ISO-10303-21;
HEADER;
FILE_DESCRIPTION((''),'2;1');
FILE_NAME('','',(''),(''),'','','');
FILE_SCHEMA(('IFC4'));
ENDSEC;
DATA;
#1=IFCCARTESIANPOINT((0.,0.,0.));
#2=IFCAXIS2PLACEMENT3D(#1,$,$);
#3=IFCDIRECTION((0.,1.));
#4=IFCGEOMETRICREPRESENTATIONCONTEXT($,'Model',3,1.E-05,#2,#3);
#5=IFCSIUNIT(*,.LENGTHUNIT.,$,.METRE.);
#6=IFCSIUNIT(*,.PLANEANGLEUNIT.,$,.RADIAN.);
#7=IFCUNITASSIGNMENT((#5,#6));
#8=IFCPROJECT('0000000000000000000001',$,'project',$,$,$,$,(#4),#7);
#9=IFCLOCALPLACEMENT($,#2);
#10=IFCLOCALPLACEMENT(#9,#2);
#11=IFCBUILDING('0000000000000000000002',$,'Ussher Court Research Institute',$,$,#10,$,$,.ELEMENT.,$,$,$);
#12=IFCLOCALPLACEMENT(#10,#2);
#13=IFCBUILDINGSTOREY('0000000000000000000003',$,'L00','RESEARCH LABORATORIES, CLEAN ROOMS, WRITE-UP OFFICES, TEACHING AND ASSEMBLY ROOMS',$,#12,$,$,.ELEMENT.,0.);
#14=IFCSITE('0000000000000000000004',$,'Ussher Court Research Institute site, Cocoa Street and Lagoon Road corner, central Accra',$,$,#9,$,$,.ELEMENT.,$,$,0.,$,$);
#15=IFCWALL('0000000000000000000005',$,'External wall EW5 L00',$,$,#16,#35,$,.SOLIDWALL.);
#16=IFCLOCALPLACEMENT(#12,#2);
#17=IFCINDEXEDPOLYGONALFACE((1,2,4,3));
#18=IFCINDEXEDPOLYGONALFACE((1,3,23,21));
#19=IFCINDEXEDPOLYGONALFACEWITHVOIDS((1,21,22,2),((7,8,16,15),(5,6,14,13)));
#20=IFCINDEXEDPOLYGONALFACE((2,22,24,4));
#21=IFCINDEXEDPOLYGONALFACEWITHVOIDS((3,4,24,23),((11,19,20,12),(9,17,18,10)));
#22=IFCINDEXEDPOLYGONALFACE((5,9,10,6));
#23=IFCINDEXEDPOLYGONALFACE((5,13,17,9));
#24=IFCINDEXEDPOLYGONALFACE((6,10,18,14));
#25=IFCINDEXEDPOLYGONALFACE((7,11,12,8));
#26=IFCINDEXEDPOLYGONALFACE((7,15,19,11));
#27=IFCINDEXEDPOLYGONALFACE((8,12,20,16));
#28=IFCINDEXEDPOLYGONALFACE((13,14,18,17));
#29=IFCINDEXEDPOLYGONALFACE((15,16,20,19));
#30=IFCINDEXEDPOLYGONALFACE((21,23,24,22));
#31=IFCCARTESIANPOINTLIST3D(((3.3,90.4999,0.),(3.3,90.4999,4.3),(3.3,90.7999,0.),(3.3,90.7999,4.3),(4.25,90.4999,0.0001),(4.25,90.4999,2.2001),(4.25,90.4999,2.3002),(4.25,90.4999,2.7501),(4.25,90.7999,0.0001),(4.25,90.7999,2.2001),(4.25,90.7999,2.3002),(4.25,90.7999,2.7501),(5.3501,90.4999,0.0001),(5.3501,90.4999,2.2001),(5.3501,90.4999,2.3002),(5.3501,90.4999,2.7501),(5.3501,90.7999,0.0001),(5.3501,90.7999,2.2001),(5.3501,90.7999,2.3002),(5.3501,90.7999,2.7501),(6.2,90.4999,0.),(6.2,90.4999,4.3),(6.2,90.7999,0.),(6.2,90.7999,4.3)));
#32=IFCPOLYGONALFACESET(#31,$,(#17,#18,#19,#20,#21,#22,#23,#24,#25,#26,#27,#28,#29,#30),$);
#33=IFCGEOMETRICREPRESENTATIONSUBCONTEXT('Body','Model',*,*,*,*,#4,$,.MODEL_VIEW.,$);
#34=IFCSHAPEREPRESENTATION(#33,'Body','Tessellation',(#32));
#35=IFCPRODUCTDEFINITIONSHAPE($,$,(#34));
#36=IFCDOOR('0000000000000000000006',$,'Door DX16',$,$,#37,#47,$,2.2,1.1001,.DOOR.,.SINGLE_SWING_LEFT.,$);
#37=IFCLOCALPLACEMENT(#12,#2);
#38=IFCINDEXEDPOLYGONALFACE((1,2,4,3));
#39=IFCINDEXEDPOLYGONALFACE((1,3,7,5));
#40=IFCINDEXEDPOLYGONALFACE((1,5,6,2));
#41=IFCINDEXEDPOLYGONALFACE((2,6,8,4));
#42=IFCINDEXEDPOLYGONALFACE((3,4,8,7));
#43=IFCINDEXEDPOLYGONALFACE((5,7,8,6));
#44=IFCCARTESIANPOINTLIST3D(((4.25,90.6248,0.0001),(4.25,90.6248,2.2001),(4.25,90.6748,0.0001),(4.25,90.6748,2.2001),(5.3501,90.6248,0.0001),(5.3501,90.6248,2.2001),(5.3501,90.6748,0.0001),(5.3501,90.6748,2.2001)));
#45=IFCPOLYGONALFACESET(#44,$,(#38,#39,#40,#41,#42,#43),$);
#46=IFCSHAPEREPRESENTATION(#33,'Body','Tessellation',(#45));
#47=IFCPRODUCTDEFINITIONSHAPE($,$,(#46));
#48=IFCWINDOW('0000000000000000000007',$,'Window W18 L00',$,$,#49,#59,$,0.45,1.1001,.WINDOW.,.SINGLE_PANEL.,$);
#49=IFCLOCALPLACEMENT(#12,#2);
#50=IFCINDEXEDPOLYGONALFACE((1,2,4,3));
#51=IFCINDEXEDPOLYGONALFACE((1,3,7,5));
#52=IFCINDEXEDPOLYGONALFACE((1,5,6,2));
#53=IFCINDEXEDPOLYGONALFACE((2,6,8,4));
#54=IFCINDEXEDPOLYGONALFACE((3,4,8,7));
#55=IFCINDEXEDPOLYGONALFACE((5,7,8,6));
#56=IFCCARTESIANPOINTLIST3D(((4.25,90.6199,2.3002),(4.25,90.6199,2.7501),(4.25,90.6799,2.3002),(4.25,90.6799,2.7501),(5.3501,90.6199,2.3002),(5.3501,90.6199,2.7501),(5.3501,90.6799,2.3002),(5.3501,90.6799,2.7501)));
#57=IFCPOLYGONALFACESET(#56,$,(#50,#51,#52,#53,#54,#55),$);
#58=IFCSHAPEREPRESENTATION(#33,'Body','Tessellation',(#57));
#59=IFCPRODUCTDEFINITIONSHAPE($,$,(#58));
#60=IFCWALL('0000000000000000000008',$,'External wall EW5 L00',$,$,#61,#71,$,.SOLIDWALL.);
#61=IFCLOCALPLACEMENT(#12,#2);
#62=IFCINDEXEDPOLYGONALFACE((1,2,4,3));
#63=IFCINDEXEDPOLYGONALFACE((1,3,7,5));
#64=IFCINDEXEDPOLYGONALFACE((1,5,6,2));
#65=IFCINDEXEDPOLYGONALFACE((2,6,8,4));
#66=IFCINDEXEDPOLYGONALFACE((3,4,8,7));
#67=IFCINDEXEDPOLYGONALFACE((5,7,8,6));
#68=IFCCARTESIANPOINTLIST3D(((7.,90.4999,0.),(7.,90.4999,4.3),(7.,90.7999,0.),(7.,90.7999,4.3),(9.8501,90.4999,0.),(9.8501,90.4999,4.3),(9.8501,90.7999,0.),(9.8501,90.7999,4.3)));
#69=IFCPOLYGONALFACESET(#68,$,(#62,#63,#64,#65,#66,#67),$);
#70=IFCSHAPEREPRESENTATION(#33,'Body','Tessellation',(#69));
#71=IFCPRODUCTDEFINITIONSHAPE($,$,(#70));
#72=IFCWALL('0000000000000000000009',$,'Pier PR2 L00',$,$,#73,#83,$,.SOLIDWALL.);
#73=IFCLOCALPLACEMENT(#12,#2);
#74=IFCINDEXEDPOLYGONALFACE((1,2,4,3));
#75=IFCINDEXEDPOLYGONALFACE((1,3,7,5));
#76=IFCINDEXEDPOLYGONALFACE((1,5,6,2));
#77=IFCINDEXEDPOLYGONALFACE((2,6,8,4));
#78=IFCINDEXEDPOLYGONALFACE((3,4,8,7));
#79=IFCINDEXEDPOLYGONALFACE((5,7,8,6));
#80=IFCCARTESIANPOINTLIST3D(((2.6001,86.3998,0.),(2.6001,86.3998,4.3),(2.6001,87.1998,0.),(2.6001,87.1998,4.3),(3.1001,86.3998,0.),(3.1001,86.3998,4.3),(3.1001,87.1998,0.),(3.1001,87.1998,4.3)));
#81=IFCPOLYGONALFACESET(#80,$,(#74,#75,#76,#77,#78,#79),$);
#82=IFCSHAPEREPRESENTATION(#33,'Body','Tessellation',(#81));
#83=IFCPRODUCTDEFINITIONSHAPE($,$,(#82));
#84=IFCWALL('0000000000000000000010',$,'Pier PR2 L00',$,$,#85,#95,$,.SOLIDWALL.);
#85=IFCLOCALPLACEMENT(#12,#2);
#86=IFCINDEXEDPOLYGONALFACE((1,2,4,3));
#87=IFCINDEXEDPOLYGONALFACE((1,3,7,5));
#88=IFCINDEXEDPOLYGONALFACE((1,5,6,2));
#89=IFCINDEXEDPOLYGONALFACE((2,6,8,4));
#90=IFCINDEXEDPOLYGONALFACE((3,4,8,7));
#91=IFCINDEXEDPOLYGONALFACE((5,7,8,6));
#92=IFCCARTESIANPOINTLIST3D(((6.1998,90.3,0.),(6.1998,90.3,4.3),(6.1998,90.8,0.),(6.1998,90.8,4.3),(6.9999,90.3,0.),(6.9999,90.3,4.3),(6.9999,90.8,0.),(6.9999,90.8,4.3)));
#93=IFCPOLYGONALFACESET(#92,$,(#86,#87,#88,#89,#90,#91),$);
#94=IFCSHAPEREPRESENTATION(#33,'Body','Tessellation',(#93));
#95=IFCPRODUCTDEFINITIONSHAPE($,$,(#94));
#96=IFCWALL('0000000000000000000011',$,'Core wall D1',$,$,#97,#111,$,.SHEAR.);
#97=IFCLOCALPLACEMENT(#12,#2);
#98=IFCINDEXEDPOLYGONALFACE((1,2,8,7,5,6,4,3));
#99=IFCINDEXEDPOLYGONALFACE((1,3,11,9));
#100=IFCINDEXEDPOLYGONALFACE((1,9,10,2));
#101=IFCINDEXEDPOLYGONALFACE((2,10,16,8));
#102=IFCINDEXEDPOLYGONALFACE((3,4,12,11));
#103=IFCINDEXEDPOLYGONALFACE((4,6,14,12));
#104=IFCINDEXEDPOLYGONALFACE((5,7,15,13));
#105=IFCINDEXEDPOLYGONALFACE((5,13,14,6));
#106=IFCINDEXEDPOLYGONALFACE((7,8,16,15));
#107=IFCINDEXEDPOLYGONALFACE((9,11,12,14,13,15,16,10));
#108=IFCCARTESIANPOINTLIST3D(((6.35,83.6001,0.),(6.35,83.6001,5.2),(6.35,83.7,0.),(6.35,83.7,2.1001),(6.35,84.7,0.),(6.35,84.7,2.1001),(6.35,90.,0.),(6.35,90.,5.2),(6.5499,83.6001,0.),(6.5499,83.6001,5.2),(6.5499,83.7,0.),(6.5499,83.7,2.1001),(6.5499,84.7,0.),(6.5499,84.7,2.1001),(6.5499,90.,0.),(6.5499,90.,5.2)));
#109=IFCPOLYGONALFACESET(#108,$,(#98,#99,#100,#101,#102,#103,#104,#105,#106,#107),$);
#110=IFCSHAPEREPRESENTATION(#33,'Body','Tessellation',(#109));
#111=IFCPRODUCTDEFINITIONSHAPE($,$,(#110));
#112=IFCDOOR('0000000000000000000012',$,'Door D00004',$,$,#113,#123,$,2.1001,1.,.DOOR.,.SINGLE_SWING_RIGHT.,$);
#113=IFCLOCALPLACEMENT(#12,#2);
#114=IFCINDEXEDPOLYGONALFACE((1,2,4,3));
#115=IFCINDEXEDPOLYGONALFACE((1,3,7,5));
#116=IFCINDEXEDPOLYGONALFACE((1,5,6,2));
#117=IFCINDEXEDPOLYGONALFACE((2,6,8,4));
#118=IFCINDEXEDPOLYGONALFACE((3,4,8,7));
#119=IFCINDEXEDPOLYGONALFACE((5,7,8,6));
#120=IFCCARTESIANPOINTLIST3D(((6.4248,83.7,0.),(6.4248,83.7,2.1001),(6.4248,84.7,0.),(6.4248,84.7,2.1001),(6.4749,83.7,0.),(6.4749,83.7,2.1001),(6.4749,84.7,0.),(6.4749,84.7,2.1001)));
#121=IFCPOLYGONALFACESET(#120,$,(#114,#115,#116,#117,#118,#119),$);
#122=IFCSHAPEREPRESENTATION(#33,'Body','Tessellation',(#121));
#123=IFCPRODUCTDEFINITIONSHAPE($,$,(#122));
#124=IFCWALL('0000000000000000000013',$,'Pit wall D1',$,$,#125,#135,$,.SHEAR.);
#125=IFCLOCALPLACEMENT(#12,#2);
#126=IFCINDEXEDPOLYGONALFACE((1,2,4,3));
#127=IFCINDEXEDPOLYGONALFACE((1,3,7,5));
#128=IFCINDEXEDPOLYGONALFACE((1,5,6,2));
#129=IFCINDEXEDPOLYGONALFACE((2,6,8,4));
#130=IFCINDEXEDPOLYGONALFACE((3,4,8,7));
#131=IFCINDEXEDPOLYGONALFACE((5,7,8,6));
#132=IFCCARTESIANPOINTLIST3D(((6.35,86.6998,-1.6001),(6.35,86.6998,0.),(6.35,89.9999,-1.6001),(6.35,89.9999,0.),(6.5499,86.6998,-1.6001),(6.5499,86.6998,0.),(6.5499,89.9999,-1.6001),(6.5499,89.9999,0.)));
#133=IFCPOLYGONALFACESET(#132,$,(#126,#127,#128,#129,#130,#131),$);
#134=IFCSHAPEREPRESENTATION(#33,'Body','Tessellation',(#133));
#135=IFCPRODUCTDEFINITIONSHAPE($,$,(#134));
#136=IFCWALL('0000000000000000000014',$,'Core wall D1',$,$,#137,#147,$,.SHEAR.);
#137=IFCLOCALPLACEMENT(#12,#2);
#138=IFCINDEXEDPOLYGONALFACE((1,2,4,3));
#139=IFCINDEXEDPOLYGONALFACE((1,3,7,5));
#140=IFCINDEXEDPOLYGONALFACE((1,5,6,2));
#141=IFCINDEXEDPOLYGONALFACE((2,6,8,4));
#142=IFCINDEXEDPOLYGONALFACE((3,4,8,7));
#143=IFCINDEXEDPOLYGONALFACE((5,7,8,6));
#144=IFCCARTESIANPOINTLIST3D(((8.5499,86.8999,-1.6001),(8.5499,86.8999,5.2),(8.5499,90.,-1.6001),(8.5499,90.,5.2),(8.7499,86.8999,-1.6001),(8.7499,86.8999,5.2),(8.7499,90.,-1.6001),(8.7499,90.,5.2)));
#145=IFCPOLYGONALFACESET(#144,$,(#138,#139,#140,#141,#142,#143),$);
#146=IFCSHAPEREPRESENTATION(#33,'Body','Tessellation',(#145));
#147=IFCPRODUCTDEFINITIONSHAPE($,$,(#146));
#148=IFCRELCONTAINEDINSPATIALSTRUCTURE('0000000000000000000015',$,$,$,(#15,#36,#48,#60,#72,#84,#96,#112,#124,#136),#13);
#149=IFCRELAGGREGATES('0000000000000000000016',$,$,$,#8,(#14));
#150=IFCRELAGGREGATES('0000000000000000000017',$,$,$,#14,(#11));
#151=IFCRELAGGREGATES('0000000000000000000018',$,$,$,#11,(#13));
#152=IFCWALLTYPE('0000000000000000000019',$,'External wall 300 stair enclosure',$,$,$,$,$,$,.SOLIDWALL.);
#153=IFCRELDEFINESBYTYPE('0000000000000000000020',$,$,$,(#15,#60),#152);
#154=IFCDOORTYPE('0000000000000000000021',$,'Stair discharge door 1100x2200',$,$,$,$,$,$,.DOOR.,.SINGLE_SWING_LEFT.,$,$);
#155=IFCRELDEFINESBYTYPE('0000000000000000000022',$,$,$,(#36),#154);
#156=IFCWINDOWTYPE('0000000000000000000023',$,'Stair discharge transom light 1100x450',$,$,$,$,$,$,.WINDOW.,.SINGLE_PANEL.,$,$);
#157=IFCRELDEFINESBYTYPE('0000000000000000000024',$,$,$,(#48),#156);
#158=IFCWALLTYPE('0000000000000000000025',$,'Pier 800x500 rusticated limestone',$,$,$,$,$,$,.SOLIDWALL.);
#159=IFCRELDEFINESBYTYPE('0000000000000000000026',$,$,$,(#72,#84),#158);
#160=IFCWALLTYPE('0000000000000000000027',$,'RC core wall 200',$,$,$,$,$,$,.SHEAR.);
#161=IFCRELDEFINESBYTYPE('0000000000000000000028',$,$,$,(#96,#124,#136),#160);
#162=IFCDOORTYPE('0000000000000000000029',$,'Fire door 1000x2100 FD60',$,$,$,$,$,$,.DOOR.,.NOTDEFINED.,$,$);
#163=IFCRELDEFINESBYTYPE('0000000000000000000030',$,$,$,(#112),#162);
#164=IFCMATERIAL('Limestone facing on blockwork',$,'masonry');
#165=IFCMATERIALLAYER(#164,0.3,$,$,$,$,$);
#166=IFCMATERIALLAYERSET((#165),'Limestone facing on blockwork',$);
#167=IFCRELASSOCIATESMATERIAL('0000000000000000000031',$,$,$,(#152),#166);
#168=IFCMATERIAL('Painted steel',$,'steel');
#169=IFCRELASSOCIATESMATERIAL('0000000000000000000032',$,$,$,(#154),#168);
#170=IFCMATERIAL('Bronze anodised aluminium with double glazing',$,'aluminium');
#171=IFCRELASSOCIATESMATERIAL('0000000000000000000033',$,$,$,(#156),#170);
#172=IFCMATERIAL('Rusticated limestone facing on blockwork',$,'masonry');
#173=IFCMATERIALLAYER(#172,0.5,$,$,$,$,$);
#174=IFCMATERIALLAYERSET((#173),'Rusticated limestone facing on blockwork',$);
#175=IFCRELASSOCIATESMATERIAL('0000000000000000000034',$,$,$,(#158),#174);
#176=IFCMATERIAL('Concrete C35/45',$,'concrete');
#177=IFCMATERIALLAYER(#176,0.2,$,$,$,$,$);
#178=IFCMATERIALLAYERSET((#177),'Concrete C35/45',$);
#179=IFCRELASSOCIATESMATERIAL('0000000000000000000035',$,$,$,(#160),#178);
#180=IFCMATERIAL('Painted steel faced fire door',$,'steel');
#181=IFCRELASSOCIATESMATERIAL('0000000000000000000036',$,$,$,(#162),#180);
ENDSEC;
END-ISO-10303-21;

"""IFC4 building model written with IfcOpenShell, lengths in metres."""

from ifc_helpers import new_model, si_unit, direction, frame, frame_2d, origin, place, context, subcontext, project, spatial, rectangle, extrude, material, layer, layer_set, type_object, element, fill, save


model = new_model("IFC4")

# Units and contexts
model_context = context("Model", 3, precision=1e-05, world=origin(), true_north=direction((0.0, 1.0)))
body_context = subcontext(model_context, "Body", "Model", "MODEL_VIEW")
ifc_project = project(units=[si_unit("LENGTHUNIT", "METRE"), si_unit("PLANEANGLEUNIT", "RADIAN")], contexts=[model_context])

# Site, building, storey
site_placement = place(None, origin())
site = spatial("IfcSite", under=ifc_project, at=site_placement, Name="Ussher Court Research Institute site, Cocoa Street and Lagoon Road corner, central Accra", CompositionType="ELEMENT", RefElevation=0.0)
building_placement = place(site_placement, origin())
building = spatial("IfcBuilding", under=site, at=building_placement, Name="Ussher Court Research Institute", CompositionType="ELEMENT")
storey_placement = place(building_placement, origin())
storey = spatial("IfcBuildingStorey", under=building, at=storey_placement, Name="L00", Description="RESEARCH LABORATORIES, CLEAN ROOMS, WRITE-UP OFFICES, TEACHING AND ASSEMBLY ROOMS", CompositionType="ELEMENT", Elevation=0.0)

# Shared definitions
ifc_material_1 = material(Name="Limestone facing on blockwork", Category="masonry")
ifc_layer_1 = layer(ifc_material_1, 0.3)
ifc_layer_set_1 = layer_set([ifc_layer_1], Name="Limestone facing on blockwork")
wall_type_1 = type_object("IfcWallType", Name="External wall 300 stair enclosure", PredefinedType="SOLIDWALL", material=ifc_layer_set_1)

# Wall, openings, door, window
wall_1_placement = place(storey_placement, frame((3.3, 90.6499, 0.0), z_axis=(0.0, 0.0, 1.0), x_axis=(1.0, 0.0, 0.0)))
wall_1 = element("IfcWall", 1, at=wall_1_placement, inside=storey, type_object=wall_type_1, Name="External wall EW5 L00", PredefinedType="SOLIDWALL", context=body_context, shape_type="SweptSolid", body=[
    extrude(rectangle(XDim=2.8999, YDim=0.3, at=frame_2d((1.45, 0.0))), origin(), (0.0, 0.0, 1.0), 4.3),
])
opening_1_placement = place(wall_1_placement, frame((0.95, 0.0, 0.0)))
opening_1 = element("IfcOpeningElement", 2, at=opening_1_placement, cuts=wall_1, PredefinedType="OPENING", context=body_context, shape_type="SweptSolid", body=[
    extrude(rectangle(XDim=1.1001, YDim=2.2, at=frame_2d((0.55, 1.1001))), frame((0.0, 0.1602, 0.0), z_axis=(0.0, -1.0, 0.0), x_axis=(1.0, 0.0, 0.0)), (0.0, 0.0, 1.0), 0.3201),
])
opening_2_placement = place(wall_1_placement, frame((0.95, 0.0, 2.3)))
opening_2 = element("IfcOpeningElement", 3, at=opening_2_placement, cuts=wall_1, PredefinedType="OPENING", context=body_context, shape_type="SweptSolid", body=[
    extrude(rectangle(XDim=1.1001, YDim=0.45, at=frame_2d((0.55, 0.2251))), frame((0.0, 0.1602, 0.0), z_axis=(0.0, -1.0, 0.0), x_axis=(1.0, 0.0, 0.0)), (0.0, 0.0, 1.0), 0.3201),
])
ifc_material_2 = material(Name="Painted steel", Category="steel")
door_type_1 = type_object("IfcDoorType", Name="Stair discharge door 1100x2200", OperationType="SINGLE_SWING_LEFT", PredefinedType="DOOR", material=ifc_material_2)
door_1_placement = place(opening_1_placement, origin())
door_1 = element("IfcDoor", 4, at=door_1_placement, inside=storey, type_object=door_type_1, Name="Door DX16", OperationType="SINGLE_SWING_LEFT", OverallHeight=2.2, OverallWidth=1.1001, PredefinedType="DOOR", context=body_context, shape_type="SweptSolid", body=[
    extrude(rectangle(XDim=1.1001, YDim=2.2, at=frame_2d((0.55, 1.1001))), frame((0.0, 0.0249, 0.0), z_axis=(0.0, -1.0, 0.0), x_axis=(1.0, 0.0, 0.0)), (0.0, 0.0, 1.0), 0.05),
])
fill(opening_1, door_1)
ifc_material_3 = material(Name="Bronze anodised aluminium with double glazing", Category="aluminium")
window_type = type_object("IfcWindowType", Name="Stair discharge transom light 1100x450", PartitioningType="SINGLE_PANEL", PredefinedType="WINDOW", material=ifc_material_3)
window_placement = place(opening_2_placement, origin())
window = element("IfcWindow", 5, at=window_placement, inside=storey, type_object=window_type, Name="Window W18 L00", OverallHeight=0.45, OverallWidth=1.1001, PartitioningType="SINGLE_PANEL", PredefinedType="WINDOW", context=body_context, shape_type="SweptSolid", body=[
    extrude(rectangle(XDim=1.1001, YDim=0.45, at=frame_2d((0.55, 0.2251))), frame((0.0, 0.03, 0.0), z_axis=(0.0, -1.0, 0.0), x_axis=(1.0, 0.0, 0.0)), (0.0, 0.0, 1.0), 0.0601),
])
fill(opening_2, window)

# Walls
wall_2_placement = place(storey_placement, frame((7.0, 90.6499, 0.0), z_axis=(0.0, 0.0, 1.0), x_axis=(1.0, 0.0, 0.0)))
element("IfcWall", 6, at=wall_2_placement, inside=storey, type_object=wall_type_1, Name="External wall EW5 L00", PredefinedType="SOLIDWALL", context=body_context, shape_type="SweptSolid", body=[
    extrude(rectangle(XDim=2.8501, YDim=0.3, at=frame_2d((1.425, 0.0))), origin(), (0.0, 0.0, 1.0), 4.3),
])
ifc_material_4 = material(Name="Rusticated limestone facing on blockwork", Category="masonry")
ifc_layer_2 = layer(ifc_material_4, 0.5)
ifc_layer_set_2 = layer_set([ifc_layer_2], Name="Rusticated limestone facing on blockwork")
wall_type_2 = type_object("IfcWallType", Name="Pier 800x500 rusticated limestone", PredefinedType="SOLIDWALL", material=ifc_layer_set_2)
for number, where, z_axis, x_axis, name in (
    (7, (2.8501, 86.3999, 0.0), (0.0, 0.0, 1.0), (0.0, 1.0, 0.0), "Pier PR2 L00"),
    (8, (6.2, 90.55, 0.0), (0.0, 0.0, 1.0), (1.0, 0.0, 0.0), "Pier PR2 L00"),
):
    element("IfcWall", number, at=place(storey_placement, frame(where, z_axis=z_axis, x_axis=x_axis)), inside=storey, type_object=wall_type_2, Name=name, PredefinedType="SOLIDWALL", context=body_context, shape_type="SweptSolid", body=[
        extrude(rectangle(XDim=0.8, YDim=0.5, at=frame_2d((0.3999, 0.0))), origin(), (0.0, 0.0, 1.0), 4.3),
    ])

# Wall, opening, door
ifc_material_5 = material(Name="Concrete C35/45", Category="concrete")
ifc_layer_3 = layer(ifc_material_5, 0.2)
ifc_layer_set_3 = layer_set([ifc_layer_3], Name="Concrete C35/45")
wall_type_3 = type_object("IfcWallType", Name="RC core wall 200", PredefinedType="SHEAR", material=ifc_layer_set_3)
wall_3_placement = place(storey_placement, frame((6.45, 90.0, 0.0), z_axis=(0.0, 0.0, 1.0), x_axis=(0.0, -1.0, 0.0)))
wall_3 = element("IfcWall", 9, at=wall_3_placement, inside=storey, type_object=wall_type_3, Name="Core wall D1", PredefinedType="SHEAR", context=body_context, shape_type="SweptSolid", body=[
    extrude(rectangle(XDim=6.3999, YDim=0.2, at=frame_2d((3.2, 0.0))), origin(), (0.0, 0.0, 1.0), 5.2),
])
opening_3_placement = place(wall_3_placement, frame((5.3, 0.0, 0.0)))
opening_3 = element("IfcOpeningElement", 10, at=opening_3_placement, cuts=wall_3, PredefinedType="OPENING", context=body_context, shape_type="SweptSolid", body=[
    extrude(rectangle(XDim=1.0, YDim=2.1001, at=frame_2d((0.5, 1.05))), frame((0.0, 0.1099, 0.0), z_axis=(0.0, -1.0, 0.0), x_axis=(1.0, 0.0, 0.0)), (0.0, 0.0, 1.0), 0.22),
])
ifc_material_6 = material(Name="Painted steel faced fire door", Category="steel")
door_type_2 = type_object("IfcDoorType", Name="Fire door 1000x2100 FD60", OperationType="NOTDEFINED", PredefinedType="DOOR", material=ifc_material_6)
door_2_placement = place(opening_3_placement, origin())
door_2 = element("IfcDoor", 11, at=door_2_placement, inside=storey, type_object=door_type_2, Name="Door D00004", OperationType="SINGLE_SWING_RIGHT", OverallHeight=2.1001, OverallWidth=1.0, PredefinedType="DOOR", context=body_context, shape_type="SweptSolid", body=[
    extrude(rectangle(XDim=1.0, YDim=2.1001, at=frame_2d((0.5, 1.05))), frame((0.0, 0.0249, 0.0), z_axis=(0.0, -1.0, 0.0), x_axis=(1.0, 0.0, 0.0)), (0.0, 0.0, 1.0), 0.05),
])
fill(opening_3, door_2)

# Walls
wall_4_placement = place(storey_placement, frame((6.45, 86.7, -1.6001), z_axis=(0.0, 0.0, 1.0), x_axis=(0.0, 1.0, 0.0)))
element("IfcWall", 12, at=wall_4_placement, inside=storey, type_object=wall_type_3, Name="Pit wall D1", PredefinedType="SHEAR", context=body_context, shape_type="SweptSolid", body=[
    extrude(rectangle(XDim=3.3, YDim=0.2, at=frame_2d((1.6499, 0.0))), origin(), (0.0, 0.0, 1.0), 1.6001),
])
wall_5_placement = place(storey_placement, frame((8.6499, 86.8999, -1.6001), z_axis=(0.0, 0.0, 1.0), x_axis=(0.0, 1.0, 0.0)))
element("IfcWall", 13, at=wall_5_placement, inside=storey, type_object=wall_type_3, Name="Core wall D1", PredefinedType="SHEAR", context=body_context, shape_type="SweptSolid", body=[
    extrude(rectangle(XDim=3.1001, YDim=0.2, at=frame_2d((1.55, 0.0))), origin(), (0.0, 0.0, 1.0), 6.8),
])

save(model, "model.ifc")
